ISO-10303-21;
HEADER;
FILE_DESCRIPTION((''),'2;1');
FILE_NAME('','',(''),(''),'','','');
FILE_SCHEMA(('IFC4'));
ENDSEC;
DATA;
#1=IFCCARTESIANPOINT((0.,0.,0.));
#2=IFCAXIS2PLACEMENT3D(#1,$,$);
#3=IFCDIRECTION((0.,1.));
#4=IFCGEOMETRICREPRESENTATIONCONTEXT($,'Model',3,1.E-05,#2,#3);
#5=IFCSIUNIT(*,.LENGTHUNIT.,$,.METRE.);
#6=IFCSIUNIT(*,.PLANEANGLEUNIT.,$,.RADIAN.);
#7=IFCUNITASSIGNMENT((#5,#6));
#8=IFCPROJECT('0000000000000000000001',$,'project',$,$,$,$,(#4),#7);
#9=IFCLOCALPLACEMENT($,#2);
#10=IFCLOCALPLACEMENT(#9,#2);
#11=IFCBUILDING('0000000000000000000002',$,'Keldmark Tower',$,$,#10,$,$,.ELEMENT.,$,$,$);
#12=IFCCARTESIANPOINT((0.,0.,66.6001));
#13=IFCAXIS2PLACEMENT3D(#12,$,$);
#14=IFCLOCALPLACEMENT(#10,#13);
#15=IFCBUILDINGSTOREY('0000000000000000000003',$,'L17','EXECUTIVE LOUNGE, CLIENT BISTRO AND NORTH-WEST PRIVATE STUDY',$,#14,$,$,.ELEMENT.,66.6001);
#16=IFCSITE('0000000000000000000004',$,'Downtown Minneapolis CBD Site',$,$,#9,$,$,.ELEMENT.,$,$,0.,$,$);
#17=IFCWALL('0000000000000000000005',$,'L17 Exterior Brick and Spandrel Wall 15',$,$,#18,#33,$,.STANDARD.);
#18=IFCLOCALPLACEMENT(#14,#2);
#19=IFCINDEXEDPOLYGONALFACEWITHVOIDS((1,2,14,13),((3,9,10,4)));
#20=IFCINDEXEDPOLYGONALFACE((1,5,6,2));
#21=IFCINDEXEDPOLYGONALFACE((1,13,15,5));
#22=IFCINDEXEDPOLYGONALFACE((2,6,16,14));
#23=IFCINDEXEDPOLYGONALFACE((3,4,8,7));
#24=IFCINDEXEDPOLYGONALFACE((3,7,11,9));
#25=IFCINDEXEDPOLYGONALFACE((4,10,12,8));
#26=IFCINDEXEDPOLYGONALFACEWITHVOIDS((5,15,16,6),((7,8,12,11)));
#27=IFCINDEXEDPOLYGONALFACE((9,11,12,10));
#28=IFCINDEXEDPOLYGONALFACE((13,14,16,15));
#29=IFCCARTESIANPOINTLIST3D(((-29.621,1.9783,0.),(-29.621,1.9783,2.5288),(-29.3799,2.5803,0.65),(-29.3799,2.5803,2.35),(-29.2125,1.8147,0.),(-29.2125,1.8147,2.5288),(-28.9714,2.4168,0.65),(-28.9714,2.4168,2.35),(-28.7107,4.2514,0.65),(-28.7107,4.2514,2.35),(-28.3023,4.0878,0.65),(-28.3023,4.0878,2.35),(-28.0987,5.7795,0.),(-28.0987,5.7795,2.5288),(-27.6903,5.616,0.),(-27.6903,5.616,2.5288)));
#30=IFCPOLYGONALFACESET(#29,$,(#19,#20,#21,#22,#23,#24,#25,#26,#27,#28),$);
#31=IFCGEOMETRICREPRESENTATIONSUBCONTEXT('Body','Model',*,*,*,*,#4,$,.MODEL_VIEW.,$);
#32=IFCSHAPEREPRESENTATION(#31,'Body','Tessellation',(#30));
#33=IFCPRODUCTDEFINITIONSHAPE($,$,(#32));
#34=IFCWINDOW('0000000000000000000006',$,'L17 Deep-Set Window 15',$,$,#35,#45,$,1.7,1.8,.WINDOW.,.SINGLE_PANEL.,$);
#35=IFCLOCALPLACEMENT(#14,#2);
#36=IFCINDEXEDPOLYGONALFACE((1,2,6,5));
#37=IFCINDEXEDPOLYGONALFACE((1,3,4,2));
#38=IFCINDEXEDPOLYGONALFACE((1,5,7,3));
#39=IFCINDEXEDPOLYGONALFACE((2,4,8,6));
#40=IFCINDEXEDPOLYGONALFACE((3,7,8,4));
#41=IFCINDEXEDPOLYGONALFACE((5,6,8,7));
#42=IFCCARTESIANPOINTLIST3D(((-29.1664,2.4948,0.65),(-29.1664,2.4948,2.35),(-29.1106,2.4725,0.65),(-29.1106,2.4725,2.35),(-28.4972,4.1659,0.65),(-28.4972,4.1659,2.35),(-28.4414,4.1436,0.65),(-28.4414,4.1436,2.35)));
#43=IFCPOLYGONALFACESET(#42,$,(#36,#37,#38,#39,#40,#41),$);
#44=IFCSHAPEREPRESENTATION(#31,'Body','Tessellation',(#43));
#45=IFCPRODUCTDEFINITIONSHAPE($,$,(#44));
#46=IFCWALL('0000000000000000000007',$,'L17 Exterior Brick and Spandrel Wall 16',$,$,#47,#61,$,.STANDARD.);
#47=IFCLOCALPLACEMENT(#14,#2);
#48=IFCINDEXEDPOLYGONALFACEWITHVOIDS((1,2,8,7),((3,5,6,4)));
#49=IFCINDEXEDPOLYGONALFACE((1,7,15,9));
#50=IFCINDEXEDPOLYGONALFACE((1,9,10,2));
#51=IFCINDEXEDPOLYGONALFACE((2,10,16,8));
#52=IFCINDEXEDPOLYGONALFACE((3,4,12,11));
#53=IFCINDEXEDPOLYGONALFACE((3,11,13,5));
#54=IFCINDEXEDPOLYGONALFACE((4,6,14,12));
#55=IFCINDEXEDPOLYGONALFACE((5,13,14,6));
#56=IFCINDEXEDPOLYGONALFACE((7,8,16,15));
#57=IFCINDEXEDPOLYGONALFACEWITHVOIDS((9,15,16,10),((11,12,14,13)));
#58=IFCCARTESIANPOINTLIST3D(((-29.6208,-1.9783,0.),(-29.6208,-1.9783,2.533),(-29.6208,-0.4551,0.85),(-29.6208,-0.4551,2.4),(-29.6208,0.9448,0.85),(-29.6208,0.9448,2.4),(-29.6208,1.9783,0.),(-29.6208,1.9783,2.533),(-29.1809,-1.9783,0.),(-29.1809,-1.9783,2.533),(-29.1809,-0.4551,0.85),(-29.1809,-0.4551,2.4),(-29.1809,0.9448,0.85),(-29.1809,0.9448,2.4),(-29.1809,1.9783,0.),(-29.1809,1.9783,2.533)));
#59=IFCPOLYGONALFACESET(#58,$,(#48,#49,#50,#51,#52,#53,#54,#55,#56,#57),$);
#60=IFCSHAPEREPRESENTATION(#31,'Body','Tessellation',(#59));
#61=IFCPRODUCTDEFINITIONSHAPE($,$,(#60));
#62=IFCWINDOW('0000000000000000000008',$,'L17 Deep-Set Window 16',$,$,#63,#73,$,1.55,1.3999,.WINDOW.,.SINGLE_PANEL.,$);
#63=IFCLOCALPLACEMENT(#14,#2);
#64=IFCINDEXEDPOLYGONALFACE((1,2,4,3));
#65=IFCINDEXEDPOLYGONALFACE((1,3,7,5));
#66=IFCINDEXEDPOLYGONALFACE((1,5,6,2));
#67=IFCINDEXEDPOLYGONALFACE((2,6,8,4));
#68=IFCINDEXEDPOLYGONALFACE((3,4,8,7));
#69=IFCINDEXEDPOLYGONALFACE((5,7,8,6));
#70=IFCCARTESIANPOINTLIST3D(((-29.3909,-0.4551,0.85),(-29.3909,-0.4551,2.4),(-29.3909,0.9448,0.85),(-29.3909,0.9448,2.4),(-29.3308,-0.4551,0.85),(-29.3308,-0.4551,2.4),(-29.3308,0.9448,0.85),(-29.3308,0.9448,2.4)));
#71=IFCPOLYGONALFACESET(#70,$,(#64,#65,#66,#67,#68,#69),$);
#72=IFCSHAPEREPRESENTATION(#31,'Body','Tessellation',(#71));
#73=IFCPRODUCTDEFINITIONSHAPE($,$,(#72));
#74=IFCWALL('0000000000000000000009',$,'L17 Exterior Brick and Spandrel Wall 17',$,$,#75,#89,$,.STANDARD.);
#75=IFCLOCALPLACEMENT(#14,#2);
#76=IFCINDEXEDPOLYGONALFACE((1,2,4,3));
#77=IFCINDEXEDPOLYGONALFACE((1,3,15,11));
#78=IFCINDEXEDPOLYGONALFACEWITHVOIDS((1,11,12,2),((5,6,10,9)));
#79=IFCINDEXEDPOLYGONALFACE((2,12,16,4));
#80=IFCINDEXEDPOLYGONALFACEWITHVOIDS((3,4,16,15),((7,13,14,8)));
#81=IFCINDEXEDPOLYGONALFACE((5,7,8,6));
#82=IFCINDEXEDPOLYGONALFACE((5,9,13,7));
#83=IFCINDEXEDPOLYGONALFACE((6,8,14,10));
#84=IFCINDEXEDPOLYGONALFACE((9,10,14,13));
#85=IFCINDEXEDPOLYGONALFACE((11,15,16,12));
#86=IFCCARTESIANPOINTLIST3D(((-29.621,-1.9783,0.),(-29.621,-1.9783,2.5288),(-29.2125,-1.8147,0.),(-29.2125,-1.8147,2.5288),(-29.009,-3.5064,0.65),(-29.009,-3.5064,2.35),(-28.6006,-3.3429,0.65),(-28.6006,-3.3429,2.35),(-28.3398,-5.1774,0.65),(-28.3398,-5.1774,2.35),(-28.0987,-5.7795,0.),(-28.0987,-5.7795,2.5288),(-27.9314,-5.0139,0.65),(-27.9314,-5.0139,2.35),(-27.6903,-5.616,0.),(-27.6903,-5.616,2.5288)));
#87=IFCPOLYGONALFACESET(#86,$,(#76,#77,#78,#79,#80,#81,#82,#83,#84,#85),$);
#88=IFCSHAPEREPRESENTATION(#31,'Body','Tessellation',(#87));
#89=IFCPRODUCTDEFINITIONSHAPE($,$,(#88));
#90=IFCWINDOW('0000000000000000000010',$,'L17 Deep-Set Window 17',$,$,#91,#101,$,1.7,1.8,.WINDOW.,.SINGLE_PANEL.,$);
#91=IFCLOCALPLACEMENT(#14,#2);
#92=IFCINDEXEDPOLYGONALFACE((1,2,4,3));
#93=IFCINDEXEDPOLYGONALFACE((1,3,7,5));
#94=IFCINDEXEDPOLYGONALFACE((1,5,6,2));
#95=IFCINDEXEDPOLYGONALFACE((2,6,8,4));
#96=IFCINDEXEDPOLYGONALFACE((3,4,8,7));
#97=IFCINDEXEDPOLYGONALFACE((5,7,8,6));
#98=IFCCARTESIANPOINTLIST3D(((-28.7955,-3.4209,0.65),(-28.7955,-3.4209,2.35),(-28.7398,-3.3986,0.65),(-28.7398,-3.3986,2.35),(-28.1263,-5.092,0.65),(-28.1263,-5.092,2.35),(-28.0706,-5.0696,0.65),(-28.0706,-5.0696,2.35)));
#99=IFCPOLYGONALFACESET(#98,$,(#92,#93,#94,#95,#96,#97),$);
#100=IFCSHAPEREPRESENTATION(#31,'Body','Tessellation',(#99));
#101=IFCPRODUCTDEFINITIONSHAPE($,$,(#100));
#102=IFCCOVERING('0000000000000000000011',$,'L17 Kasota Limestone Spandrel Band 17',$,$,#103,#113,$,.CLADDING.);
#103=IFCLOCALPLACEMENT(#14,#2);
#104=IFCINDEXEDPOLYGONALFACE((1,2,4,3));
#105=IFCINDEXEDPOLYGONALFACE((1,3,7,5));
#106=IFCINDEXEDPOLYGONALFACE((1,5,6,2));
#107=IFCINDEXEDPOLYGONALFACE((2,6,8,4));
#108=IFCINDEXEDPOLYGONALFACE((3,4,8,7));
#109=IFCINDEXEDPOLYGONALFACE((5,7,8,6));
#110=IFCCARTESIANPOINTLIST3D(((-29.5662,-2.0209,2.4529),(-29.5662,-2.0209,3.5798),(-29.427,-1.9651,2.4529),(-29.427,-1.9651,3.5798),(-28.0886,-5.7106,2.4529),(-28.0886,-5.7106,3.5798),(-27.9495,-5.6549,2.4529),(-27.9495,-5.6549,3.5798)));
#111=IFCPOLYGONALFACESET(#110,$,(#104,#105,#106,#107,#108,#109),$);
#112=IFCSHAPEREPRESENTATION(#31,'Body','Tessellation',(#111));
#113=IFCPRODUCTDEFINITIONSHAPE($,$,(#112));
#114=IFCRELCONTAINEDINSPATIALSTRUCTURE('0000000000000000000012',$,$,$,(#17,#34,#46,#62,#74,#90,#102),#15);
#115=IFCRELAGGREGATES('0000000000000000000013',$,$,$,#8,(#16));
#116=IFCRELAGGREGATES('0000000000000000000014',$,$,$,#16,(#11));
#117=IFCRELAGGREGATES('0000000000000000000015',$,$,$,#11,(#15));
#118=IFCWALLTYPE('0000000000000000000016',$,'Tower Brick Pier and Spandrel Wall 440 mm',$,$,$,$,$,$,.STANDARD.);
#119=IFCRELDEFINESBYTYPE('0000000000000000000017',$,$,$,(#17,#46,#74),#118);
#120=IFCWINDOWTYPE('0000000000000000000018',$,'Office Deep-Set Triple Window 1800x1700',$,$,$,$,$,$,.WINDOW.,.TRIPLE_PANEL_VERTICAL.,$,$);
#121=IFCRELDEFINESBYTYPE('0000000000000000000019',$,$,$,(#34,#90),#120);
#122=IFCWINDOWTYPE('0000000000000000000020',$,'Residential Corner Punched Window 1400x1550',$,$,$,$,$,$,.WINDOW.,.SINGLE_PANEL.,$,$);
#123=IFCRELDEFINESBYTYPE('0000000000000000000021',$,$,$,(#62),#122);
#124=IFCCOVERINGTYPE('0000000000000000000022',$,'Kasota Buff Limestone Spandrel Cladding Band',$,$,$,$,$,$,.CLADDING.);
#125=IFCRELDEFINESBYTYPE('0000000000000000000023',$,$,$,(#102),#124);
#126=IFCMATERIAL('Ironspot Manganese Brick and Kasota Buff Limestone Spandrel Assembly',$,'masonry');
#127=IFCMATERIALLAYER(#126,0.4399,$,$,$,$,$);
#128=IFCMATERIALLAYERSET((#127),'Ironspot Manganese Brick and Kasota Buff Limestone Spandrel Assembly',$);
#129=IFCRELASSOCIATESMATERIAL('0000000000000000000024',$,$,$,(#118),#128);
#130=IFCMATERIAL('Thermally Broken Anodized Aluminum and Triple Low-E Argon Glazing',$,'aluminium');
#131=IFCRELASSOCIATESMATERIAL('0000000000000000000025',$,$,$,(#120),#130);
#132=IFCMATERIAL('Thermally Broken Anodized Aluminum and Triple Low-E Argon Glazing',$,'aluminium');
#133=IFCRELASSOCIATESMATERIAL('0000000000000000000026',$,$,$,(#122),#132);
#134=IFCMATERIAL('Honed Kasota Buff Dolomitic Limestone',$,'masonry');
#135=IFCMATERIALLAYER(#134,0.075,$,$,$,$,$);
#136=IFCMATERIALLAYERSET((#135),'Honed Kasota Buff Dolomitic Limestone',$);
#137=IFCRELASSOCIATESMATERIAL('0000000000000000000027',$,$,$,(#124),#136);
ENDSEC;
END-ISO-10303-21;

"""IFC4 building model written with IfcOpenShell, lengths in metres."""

from ifc_helpers import new_model, si_unit, direction, frame, frame_2d, origin, origin_2d, place, context, subcontext, project, spatial, rectangle, extrude, material, layer, layer_set, type_object, element, fill, save


model = new_model("IFC4")

# Units and contexts
model_context = context("Model", 3, precision=1e-05, world=origin(), true_north=direction((0.0, 1.0)))
body_context = subcontext(model_context, "Body", "Model", "MODEL_VIEW")
ifc_project = project(units=[si_unit("LENGTHUNIT", "METRE"), si_unit("PLANEANGLEUNIT", "RADIAN")], contexts=[model_context])

# Site, building, storey
site_placement = place(None, origin())
site = spatial("IfcSite", under=ifc_project, at=site_placement, Name="Downtown Minneapolis CBD Site", CompositionType="ELEMENT", RefElevation=0.0)
building_placement = place(site_placement, origin())
building = spatial("IfcBuilding", under=site, at=building_placement, Name="Keldmark Tower", CompositionType="ELEMENT")
storey_placement = place(building_placement, frame((0.0, 0.0, 66.6001)))
storey = spatial("IfcBuildingStorey", under=building, at=storey_placement, Name="L17", Description="EXECUTIVE LOUNGE, CLIENT BISTRO AND NORTH-WEST PRIVATE STUDY", CompositionType="ELEMENT", Elevation=66.6001)

# Walls, openings, windows
ifc_material_1 = material(Name="Ironspot Manganese Brick and Kasota Buff Limestone Spandrel Assembly", Category="masonry")
ifc_layer_1 = layer(ifc_material_1, 0.4399)
ifc_layer_set_1 = layer_set([ifc_layer_1], Name="Ironspot Manganese Brick and Kasota Buff Limestone Spandrel Assembly")
wall_type_1 = type_object("IfcWallType", Name="Tower Brick Pier and Spandrel Wall 440 mm", PredefinedType="STANDARD", material=ifc_layer_set_1)
wall_1_placement = place(storey_placement, frame((-29.4167, 1.8965, 0.0), z_axis=(0.0, 0.0, 1.0), x_axis=(0.37175, 0.928333, 0.0)))
wall_1 = element("IfcWall", 1, at=wall_1_placement, inside=storey, type_object=wall_type_1, Name="L17 Exterior Brick and Spandrel Wall 15", PredefinedType="STANDARD", context=body_context, shape_type="SweptSolid", body=[
    extrude(rectangle(XDim=4.0947, YDim=0.4399, at=frame_2d((2.0474, 0.0))), origin(), (0.0, 0.0, 1.0), 2.5288),
])
opening_1_placement = place(wall_1_placement, frame((0.6487, 0.0, 0.6499)))
opening_1 = element("IfcOpeningElement", 2, at=opening_1_placement, cuts=wall_1, PredefinedType="OPENING", context=body_context, shape_type="SweptSolid", body=[
    extrude(rectangle(XDim=1.8, YDim=1.7, at=frame_2d((0.8999, 0.8501))), frame((0.0, 0.23, 0.0), z_axis=(0.0, -1.0, 0.0), x_axis=(1.0, 0.0, 0.0)), (0.0, 0.0, 1.0), 0.46),
])
ifc_material_2 = material(Name="Thermally Broken Anodized Aluminum and Triple Low-E Argon Glazing", Category="aluminium")
window_type_1 = type_object("IfcWindowType", Name="Office Deep-Set Triple Window 1800x1700", PartitioningType="TRIPLE_PANEL_VERTICAL", PredefinedType="WINDOW", material=ifc_material_2)
window_1_placement = place(opening_1_placement, origin())
window_1 = element("IfcWindow", 3, at=window_1_placement, inside=storey, type_object=window_type_1, Name="L17 Deep-Set Window 15", OverallHeight=1.7, OverallWidth=1.8, PartitioningType="SINGLE_PANEL", PredefinedType="WINDOW", context=body_context, shape_type="SweptSolid", body=[
    extrude(rectangle(XDim=1.8, YDim=1.7, at=frame_2d((0.8999, 0.8501))), frame((0.0, -0.01, 0.0), z_axis=(0.0, -1.0, 0.0), x_axis=(1.0, 0.0, 0.0)), (0.0, 0.0, 1.0), 0.0601),
])
fill(opening_1, window_1)
wall_2_placement = place(storey_placement, frame((-29.4009, -1.9783, 0.0), z_axis=(0.0, 0.0, 1.0), x_axis=(0.0, 1.0, 0.0)))
wall_2 = element("IfcWall", 4, at=wall_2_placement, inside=storey, type_object=wall_type_1, Name="L17 Exterior Brick and Spandrel Wall 16", PredefinedType="STANDARD", context=body_context, shape_type="SweptSolid", body=[
    extrude(rectangle(XDim=3.9565, YDim=0.4399, at=frame_2d((1.9783, 0.0))), origin(), (0.0, 0.0, 1.0), 2.533),
])
opening_2_placement = place(wall_2_placement, frame((1.5232, 0.0, 0.8501)))
opening_2 = element("IfcOpeningElement", 5, at=opening_2_placement, cuts=wall_2, PredefinedType="OPENING", context=body_context, shape_type="SweptSolid", body=[
    extrude(rectangle(XDim=1.3999, YDim=1.55, at=frame_2d((0.7, 0.7749))), frame((0.0, 0.23, 0.0), z_axis=(0.0, -1.0, 0.0), x_axis=(1.0, 0.0, 0.0)), (0.0, 0.0, 1.0), 0.46),
])
ifc_material_3 = material(Name="Thermally Broken Anodized Aluminum and Triple Low-E Argon Glazing", Category="aluminium")
window_type_2 = type_object("IfcWindowType", Name="Residential Corner Punched Window 1400x1550", PartitioningType="SINGLE_PANEL", PredefinedType="WINDOW", material=ifc_material_3)
window_2_placement = place(opening_2_placement, origin())
window_2 = element("IfcWindow", 6, at=window_2_placement, inside=storey, type_object=window_type_2, Name="L17 Deep-Set Window 16", OverallHeight=1.55, OverallWidth=1.3999, PartitioningType="SINGLE_PANEL", PredefinedType="WINDOW", context=body_context, shape_type="SweptSolid", body=[
    extrude(rectangle(XDim=1.3999, YDim=1.55, at=frame_2d((0.7, 0.7749))), frame((0.0, -0.01, 0.0), z_axis=(0.0, -1.0, 0.0), x_axis=(1.0, 0.0, 0.0)), (0.0, 0.0, 1.0), 0.0601),
])
fill(opening_2, window_2)
wall_3_placement = place(storey_placement, frame((-27.8945, -5.6978, 0.0), z_axis=(0.0, 0.0, 1.0), x_axis=(-0.37175, 0.928333, 0.0)))
wall_3 = element("IfcWall", 7, at=wall_3_placement, inside=storey, type_object=wall_type_1, Name="L17 Exterior Brick and Spandrel Wall 17", PredefinedType="STANDARD", context=body_context, shape_type="SweptSolid", body=[
    extrude(rectangle(XDim=4.0947, YDim=0.4399, at=frame_2d((2.0474, 0.0))), origin(), (0.0, 0.0, 1.0), 2.5288),
])
opening_3_placement = place(wall_3_placement, frame((0.6487, 0.0, 0.6499)))
opening_3 = element("IfcOpeningElement", 8, at=opening_3_placement, cuts=wall_3, PredefinedType="OPENING", context=body_context, shape_type="SweptSolid", body=[
    extrude(rectangle(XDim=1.8, YDim=1.7, at=frame_2d((0.8999, 0.8501))), frame((0.0, 0.23, 0.0), z_axis=(0.0, -1.0, 0.0), x_axis=(1.0, 0.0, 0.0)), (0.0, 0.0, 1.0), 0.46),
])
window_3_placement = place(opening_3_placement, origin())
window_3 = element("IfcWindow", 9, at=window_3_placement, inside=storey, type_object=window_type_1, Name="L17 Deep-Set Window 17", OverallHeight=1.7, OverallWidth=1.8, PartitioningType="SINGLE_PANEL", PredefinedType="WINDOW", context=body_context, shape_type="SweptSolid", body=[
    extrude(rectangle(XDim=1.8, YDim=1.7, at=frame_2d((0.8999, 0.8501))), frame((0.0, -0.01, 0.0), z_axis=(0.0, -1.0, 0.0), x_axis=(1.0, 0.0, 0.0)), (0.0, 0.0, 1.0), 0.0601),
])
fill(opening_3, window_3)

# Covering
ifc_material_4 = material(Name="Honed Kasota Buff Dolomitic Limestone", Category="masonry")
ifc_layer_2 = layer(ifc_material_4, 0.075)
ifc_layer_set_2 = layer_set([ifc_layer_2], Name="Honed Kasota Buff Dolomitic Limestone")
covering_type = type_object("IfcCoveringType", Name="Kasota Buff Limestone Spandrel Cladding Band", PredefinedType="CLADDING", material=ifc_layer_set_2)
covering_placement = place(storey_placement, frame((-28.7578, -3.8379, 2.4529), z_axis=(0.0, 0.0, 1.0), x_axis=(0.371741, -0.928337, 0.0)))
element("IfcCovering", 10, at=covering_placement, inside=storey, type_object=covering_type, Name="L17 Kasota Limestone Spandrel Band 17", PredefinedType="CLADDING", context=body_context, shape_type="SweptSolid", body=[
    extrude(rectangle(XDim=3.9746, YDim=0.1499, at=origin_2d()), origin(), (0.0, 0.0, 1.0), 1.127),
])

save(model, "model.ifc")
